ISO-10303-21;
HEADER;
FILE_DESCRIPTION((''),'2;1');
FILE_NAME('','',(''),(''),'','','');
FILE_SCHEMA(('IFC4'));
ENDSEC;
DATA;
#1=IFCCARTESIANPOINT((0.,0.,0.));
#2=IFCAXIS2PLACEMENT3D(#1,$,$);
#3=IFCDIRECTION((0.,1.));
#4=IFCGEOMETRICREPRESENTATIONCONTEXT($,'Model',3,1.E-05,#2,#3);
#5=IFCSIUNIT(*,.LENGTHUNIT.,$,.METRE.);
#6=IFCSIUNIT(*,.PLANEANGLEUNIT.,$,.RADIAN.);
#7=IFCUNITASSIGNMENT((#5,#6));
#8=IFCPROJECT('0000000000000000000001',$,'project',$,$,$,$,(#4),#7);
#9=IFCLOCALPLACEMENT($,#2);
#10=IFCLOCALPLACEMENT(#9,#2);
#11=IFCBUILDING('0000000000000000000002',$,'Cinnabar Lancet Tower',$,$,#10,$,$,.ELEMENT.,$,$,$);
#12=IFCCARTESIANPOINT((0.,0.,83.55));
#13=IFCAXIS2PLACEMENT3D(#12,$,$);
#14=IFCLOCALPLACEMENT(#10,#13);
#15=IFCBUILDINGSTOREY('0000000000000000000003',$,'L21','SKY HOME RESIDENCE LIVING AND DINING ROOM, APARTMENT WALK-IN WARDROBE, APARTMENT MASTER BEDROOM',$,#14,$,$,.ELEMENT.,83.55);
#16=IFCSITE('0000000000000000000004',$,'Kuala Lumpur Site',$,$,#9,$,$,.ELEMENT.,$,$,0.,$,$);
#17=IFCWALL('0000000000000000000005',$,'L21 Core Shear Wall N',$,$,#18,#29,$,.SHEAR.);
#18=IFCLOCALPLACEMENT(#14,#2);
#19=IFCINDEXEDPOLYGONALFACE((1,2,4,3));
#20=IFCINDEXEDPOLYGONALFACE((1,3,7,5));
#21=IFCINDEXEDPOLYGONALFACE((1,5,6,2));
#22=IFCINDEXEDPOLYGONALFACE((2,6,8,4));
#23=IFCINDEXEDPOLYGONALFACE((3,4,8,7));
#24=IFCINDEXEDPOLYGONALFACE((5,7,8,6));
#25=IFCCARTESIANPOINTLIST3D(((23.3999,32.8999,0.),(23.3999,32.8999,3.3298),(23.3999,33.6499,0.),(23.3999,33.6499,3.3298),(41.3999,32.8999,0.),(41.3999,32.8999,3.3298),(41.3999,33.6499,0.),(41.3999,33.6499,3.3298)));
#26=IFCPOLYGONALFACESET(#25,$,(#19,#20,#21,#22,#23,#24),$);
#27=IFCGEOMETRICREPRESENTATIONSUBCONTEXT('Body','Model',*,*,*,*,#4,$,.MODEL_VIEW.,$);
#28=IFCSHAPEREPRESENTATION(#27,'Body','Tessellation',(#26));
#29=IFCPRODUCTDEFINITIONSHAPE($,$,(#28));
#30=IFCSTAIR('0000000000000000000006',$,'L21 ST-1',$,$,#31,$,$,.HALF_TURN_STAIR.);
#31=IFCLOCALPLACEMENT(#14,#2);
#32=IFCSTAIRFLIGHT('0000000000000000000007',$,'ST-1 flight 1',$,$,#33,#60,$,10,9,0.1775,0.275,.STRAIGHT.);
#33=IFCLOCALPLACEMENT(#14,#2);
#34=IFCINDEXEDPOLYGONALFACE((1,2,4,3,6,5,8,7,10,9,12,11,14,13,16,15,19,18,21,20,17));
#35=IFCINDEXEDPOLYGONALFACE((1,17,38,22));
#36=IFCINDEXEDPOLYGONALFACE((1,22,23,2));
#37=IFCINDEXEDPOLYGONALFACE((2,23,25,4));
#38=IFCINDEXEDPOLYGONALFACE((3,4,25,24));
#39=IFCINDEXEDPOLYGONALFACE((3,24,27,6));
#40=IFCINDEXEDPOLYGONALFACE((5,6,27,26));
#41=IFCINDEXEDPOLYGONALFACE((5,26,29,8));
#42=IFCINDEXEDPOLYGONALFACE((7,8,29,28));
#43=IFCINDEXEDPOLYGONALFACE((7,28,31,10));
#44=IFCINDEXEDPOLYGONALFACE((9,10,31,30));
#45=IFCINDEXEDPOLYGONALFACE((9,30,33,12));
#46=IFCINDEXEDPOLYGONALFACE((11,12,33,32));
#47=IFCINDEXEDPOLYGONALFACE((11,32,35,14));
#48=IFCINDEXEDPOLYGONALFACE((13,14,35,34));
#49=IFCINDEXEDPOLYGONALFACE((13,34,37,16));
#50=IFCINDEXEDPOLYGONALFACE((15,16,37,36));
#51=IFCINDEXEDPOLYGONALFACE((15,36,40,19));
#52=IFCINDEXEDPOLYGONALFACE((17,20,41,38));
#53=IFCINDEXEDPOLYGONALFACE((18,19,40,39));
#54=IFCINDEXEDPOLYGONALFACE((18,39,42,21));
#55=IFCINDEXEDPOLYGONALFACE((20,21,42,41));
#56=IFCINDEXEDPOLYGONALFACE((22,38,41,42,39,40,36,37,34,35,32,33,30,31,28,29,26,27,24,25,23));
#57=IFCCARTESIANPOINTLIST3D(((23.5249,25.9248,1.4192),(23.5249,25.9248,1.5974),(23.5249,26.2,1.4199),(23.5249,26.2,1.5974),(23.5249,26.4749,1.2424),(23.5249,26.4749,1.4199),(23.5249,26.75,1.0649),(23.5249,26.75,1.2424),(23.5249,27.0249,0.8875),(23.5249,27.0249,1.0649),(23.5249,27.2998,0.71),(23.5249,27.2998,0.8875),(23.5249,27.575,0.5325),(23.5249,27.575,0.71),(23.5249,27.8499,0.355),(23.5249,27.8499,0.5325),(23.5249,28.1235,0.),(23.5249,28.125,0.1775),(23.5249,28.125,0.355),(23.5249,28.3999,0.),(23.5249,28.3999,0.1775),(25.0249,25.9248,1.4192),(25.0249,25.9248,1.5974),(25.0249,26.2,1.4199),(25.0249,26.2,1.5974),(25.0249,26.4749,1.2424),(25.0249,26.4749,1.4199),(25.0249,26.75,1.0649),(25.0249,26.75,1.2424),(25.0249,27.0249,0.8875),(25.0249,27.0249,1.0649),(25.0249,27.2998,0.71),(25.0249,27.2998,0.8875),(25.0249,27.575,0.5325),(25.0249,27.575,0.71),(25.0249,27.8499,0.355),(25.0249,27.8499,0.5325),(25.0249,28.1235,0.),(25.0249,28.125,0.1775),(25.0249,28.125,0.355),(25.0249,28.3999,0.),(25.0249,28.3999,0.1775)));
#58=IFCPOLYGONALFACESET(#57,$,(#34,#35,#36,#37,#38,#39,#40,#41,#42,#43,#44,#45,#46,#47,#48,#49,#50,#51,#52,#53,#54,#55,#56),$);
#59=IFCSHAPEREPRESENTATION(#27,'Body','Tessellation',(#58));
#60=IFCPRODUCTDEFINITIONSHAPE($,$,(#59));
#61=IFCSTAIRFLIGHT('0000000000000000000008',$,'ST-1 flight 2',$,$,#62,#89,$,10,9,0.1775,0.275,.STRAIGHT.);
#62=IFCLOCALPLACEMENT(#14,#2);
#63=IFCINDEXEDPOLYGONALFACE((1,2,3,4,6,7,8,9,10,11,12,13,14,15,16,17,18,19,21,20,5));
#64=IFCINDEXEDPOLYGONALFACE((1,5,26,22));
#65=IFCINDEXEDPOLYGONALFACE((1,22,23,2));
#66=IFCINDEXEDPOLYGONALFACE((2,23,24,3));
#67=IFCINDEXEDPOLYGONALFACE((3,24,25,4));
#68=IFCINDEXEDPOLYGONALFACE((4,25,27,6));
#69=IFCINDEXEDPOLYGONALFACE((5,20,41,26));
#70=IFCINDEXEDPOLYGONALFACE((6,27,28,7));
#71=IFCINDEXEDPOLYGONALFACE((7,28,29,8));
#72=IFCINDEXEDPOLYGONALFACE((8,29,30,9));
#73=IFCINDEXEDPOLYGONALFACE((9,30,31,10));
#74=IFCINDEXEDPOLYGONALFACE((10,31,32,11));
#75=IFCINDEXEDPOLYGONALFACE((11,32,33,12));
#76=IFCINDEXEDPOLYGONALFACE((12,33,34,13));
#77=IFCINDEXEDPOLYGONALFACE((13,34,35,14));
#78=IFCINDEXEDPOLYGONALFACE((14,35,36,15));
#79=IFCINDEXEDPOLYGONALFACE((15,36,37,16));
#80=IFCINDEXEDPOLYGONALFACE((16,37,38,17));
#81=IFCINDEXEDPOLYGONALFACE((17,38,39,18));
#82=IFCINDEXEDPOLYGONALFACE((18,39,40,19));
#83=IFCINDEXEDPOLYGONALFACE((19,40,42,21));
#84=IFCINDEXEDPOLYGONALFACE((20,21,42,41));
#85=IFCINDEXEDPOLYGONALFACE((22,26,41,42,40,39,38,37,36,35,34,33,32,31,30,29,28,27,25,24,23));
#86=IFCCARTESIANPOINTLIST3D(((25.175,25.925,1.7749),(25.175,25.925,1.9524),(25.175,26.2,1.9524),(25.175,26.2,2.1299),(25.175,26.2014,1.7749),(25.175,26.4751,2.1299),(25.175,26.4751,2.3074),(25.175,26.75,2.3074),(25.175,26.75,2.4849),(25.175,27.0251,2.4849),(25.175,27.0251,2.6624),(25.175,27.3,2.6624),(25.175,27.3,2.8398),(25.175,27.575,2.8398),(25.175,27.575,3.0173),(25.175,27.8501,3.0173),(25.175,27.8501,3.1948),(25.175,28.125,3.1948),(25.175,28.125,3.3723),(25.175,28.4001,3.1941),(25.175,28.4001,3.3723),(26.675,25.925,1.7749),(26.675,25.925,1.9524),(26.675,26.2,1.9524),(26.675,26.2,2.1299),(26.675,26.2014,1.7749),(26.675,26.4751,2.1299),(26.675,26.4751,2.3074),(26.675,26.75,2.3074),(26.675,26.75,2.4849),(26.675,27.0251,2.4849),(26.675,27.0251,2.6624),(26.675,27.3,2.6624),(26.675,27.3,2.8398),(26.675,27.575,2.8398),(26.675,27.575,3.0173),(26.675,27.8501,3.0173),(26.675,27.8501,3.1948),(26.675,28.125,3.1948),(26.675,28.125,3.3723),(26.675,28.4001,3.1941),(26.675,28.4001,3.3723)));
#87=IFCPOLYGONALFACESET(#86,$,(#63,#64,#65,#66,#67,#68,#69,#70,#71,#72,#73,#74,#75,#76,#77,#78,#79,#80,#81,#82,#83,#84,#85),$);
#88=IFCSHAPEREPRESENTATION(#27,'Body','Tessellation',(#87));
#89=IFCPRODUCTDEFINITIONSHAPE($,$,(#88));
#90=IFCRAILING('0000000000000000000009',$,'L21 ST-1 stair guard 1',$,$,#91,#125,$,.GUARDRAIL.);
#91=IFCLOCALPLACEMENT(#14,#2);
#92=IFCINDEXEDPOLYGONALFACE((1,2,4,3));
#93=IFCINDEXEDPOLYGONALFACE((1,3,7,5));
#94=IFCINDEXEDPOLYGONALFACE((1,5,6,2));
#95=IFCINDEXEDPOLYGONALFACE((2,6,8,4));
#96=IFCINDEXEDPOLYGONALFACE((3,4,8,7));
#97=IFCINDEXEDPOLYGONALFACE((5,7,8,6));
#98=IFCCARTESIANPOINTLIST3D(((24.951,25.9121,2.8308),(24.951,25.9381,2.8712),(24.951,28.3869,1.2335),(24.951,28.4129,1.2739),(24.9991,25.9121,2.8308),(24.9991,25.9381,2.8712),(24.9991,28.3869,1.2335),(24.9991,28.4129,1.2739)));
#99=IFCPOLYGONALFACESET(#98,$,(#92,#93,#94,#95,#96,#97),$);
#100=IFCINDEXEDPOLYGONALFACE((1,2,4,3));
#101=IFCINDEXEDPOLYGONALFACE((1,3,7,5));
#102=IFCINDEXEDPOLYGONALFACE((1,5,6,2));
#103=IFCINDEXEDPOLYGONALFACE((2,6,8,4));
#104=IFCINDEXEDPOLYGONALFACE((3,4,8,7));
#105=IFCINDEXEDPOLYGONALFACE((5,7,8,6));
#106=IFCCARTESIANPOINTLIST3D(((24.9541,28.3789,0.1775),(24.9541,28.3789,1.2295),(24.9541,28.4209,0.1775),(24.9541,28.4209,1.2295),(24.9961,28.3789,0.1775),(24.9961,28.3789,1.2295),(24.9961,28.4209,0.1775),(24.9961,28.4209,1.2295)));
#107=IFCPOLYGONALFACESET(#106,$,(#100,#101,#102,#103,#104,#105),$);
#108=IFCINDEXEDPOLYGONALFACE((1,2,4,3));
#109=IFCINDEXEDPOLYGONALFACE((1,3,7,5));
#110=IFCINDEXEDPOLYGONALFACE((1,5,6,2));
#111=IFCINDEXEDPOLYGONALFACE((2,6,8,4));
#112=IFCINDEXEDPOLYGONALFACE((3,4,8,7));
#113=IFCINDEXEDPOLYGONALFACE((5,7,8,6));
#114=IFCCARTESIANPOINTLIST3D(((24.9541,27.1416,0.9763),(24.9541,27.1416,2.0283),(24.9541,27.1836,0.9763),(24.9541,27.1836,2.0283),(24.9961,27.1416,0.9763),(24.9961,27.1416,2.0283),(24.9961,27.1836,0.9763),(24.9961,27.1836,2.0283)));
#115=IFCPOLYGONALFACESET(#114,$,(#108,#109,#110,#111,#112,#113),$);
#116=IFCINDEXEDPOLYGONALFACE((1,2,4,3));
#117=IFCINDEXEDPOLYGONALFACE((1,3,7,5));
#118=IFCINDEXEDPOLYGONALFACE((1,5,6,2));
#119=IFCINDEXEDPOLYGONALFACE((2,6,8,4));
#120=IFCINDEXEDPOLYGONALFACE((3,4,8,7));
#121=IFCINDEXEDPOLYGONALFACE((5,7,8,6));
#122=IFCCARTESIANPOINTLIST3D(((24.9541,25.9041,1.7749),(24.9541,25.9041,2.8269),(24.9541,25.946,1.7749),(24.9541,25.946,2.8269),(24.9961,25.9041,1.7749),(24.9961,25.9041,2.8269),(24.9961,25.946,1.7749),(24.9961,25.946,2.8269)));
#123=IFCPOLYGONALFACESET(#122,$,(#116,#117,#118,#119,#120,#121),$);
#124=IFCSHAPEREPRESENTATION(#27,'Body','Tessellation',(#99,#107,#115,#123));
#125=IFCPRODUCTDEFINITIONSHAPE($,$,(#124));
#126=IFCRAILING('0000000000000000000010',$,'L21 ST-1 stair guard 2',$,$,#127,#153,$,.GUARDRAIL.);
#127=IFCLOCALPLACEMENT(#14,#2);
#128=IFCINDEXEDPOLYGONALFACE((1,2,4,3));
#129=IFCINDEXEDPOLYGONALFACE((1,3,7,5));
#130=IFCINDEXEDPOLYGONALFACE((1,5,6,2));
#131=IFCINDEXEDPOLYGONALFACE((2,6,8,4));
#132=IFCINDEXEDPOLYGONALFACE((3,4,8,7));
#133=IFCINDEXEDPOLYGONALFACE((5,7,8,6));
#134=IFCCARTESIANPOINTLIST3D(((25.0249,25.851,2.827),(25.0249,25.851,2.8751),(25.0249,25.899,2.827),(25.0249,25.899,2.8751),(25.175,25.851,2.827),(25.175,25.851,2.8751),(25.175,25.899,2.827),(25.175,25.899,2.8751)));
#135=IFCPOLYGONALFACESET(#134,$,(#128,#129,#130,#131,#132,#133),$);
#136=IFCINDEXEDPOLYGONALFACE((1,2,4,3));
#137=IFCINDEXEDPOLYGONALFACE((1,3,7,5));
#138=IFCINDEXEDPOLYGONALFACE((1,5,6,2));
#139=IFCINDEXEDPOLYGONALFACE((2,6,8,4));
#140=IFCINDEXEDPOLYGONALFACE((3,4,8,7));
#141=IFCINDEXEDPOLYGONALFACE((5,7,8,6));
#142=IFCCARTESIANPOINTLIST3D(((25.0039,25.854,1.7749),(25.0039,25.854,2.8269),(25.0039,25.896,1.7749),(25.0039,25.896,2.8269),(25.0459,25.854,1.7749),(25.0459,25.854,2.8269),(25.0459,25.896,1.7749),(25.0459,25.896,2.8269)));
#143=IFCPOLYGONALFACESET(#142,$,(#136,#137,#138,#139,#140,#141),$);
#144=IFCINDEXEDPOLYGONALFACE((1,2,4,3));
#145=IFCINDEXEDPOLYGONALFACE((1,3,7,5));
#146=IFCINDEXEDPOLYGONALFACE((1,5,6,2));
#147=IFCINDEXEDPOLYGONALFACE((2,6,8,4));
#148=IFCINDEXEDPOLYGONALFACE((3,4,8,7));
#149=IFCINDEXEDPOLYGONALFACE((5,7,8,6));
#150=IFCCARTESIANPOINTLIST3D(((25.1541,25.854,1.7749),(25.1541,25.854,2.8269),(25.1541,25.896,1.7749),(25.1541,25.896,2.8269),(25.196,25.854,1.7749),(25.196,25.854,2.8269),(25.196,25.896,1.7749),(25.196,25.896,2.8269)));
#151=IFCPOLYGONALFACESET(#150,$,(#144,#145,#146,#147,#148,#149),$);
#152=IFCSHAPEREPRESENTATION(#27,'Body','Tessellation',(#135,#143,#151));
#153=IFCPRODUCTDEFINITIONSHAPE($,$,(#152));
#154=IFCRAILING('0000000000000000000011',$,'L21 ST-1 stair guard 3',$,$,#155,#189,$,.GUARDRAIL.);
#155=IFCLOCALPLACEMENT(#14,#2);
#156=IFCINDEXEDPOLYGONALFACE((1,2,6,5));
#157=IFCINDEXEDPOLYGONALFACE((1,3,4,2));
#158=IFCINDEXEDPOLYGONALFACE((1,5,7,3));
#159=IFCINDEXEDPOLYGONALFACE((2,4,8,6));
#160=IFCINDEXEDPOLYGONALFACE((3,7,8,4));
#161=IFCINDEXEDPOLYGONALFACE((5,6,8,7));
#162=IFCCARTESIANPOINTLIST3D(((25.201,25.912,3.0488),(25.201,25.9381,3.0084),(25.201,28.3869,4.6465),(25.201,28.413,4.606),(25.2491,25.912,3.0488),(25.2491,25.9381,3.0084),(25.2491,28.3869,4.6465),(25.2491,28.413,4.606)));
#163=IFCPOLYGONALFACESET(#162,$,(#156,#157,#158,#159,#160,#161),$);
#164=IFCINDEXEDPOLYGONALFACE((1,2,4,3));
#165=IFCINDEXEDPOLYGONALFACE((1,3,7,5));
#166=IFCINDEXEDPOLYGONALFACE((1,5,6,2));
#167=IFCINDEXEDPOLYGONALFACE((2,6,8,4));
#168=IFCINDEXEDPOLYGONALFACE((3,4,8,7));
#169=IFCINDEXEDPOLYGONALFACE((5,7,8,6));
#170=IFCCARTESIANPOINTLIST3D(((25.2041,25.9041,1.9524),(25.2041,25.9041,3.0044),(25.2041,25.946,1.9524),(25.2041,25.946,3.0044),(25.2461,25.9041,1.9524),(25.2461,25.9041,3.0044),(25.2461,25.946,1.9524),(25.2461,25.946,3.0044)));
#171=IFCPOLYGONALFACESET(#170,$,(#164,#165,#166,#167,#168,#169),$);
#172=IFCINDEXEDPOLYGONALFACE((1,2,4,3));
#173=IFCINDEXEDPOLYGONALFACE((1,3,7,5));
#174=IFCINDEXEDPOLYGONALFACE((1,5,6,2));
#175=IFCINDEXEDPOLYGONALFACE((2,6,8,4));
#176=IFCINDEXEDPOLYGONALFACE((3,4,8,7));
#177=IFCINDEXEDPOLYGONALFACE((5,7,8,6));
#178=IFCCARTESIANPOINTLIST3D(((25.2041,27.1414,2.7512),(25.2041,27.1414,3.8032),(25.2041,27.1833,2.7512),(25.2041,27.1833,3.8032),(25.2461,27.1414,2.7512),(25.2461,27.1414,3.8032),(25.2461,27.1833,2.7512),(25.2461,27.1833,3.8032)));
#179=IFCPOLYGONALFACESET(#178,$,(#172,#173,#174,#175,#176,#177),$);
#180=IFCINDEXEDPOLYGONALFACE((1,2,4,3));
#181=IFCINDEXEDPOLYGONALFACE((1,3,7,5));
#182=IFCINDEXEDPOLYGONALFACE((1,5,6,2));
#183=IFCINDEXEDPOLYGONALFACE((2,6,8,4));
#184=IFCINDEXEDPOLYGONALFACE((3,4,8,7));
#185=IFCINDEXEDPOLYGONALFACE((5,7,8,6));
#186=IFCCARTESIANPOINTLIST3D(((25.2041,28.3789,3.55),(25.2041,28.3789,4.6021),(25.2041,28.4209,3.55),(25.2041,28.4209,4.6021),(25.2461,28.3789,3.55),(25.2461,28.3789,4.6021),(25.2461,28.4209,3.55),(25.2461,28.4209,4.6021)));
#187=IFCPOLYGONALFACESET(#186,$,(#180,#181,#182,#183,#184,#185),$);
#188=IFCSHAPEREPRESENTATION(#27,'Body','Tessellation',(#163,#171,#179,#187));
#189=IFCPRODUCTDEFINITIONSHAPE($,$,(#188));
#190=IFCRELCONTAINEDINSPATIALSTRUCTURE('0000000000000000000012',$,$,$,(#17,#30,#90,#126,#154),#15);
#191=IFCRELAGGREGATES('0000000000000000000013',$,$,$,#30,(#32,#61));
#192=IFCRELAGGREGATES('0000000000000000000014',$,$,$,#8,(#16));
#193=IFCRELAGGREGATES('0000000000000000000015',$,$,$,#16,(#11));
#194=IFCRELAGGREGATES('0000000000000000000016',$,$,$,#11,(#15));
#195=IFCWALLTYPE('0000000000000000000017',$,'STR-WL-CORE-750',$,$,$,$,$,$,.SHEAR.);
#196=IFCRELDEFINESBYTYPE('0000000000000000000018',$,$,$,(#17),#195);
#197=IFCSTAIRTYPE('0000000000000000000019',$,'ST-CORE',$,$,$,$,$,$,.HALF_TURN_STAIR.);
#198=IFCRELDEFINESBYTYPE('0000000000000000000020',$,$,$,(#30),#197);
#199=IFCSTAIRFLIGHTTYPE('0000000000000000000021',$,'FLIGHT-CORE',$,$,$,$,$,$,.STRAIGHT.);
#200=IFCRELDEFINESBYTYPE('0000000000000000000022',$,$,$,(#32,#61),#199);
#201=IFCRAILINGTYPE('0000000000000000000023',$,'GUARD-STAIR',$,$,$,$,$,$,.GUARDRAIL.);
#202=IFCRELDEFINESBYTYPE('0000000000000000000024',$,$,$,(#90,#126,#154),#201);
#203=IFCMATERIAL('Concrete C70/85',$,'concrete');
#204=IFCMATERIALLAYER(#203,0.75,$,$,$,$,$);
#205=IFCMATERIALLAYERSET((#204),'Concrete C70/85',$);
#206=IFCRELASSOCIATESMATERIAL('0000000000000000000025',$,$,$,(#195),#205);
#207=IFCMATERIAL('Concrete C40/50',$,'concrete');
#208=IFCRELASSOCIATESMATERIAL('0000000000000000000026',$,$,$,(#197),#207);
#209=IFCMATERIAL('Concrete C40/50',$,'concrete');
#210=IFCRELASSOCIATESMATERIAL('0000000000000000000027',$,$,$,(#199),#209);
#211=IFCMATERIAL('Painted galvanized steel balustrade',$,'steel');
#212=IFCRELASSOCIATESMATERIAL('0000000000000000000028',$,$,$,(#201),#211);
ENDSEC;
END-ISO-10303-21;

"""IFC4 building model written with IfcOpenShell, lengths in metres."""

from ifc_helpers import new_model, si_unit, direction, frame, frame_2d, origin, origin_2d, place, context, subcontext, project, spatial, polyline, rectangle, outline, extrude, material, layer, layer_set, type_object, element, aggregate, save


model = new_model("IFC4")

# Units and contexts
model_context = context("Model", 3, precision=1e-05, world=origin(), true_north=direction((0.0, 1.0)))
body_context = subcontext(model_context, "Body", "Model", "MODEL_VIEW")
ifc_project = project(units=[si_unit("LENGTHUNIT", "METRE"), si_unit("PLANEANGLEUNIT", "RADIAN")], contexts=[model_context])

# Site, building, storey
site_placement = place(None, origin())
site = spatial("IfcSite", under=ifc_project, at=site_placement, Name="Kuala Lumpur Site", CompositionType="ELEMENT", RefElevation=0.0)
building_placement = place(site_placement, origin())
building = spatial("IfcBuilding", under=site, at=building_placement, Name="Cinnabar Lancet Tower", CompositionType="ELEMENT")
storey_placement = place(building_placement, frame((0.0, 0.0, 83.55)))
storey = spatial("IfcBuildingStorey", under=building, at=storey_placement, Name="L21", Description="SKY HOME RESIDENCE LIVING AND DINING ROOM, APARTMENT WALK-IN WARDROBE, APARTMENT MASTER BEDROOM", CompositionType="ELEMENT", Elevation=83.55)

# Wall
ifc_material_1 = material(Name="Concrete C70/85", Category="concrete")
ifc_layer_1 = layer(ifc_material_1, 0.75)
ifc_layer_set_1 = layer_set([ifc_layer_1], Name="Concrete C70/85")
wall_type_1 = type_object("IfcWallType", Name="STR-WL-CORE-750", PredefinedType="SHEAR", material=ifc_layer_set_1)
wall_1_placement = place(storey_placement, frame((23.3999, 33.2749, 0.0), z_axis=(0.0, 0.0, 1.0), x_axis=(1.0, 0.0, 0.0)))
element("IfcWall", 1, at=wall_1_placement, inside=storey, type_object=wall_type_1, Name="L21 Core Shear Wall N", PredefinedType="SHEAR", context=body_context, shape_type="SweptSolid", body=[
    extrude(rectangle(XDim=18.0, YDim=0.75, at=frame_2d((9.0, 0.0))), origin(), (0.0, 0.0, 1.0), 3.3298),
])

# Stair, stair flights
ifc_material_2 = material(Name="Concrete C40/50", Category="concrete")
stair_type = type_object("IfcStairType", Name="ST-CORE", PredefinedType="HALF_TURN_STAIR", material=ifc_material_2)
stair_placement = place(storey_placement, origin())
stair = element("IfcStair", 2, at=stair_placement, inside=storey, type_object=stair_type, Name="L21 ST-1", PredefinedType="HALF_TURN_STAIR")
ifc_material_3 = material(Name="Concrete C40/50", Category="concrete")
stair_flight_type = type_object("IfcStairFlightType", Name="FLIGHT-CORE", PredefinedType="STRAIGHT", material=ifc_material_3)
stair_flight_1_placement = place(storey_placement, frame((24.2749, 28.3999, 0.0), z_axis=(0.0, 0.0, 1.0), x_axis=(0.0, -1.0, 0.0)))
stair_flight_1 = element("IfcStairFlight", 3, at=stair_flight_1_placement, type_object=stair_flight_type, Name="ST-1 flight 1", NumberOfRisers=10, NumberOfTreads=9, PredefinedType="STRAIGHT", RiserHeight=0.1775, TreadLength=0.275, context=body_context, shape_type="SweptSolid", body=[
    extrude(outline(polyline([(0.0, 0.0), (0.0, 0.1775), (0.2749, 0.1775), (0.2749, 0.355), (0.55, 0.355), (0.55, 0.5325), (0.825, 0.5325), (0.825, 0.71), (1.1001, 0.71), (1.1001, 0.8875), (1.375, 0.8875), (1.375, 1.0649), (1.6499, 1.0649), (1.6499, 1.2424), (1.925, 1.2424), (1.925, 1.4199), (2.2, 1.4199), (2.2, 1.5974), (2.4751, 1.5974), (2.4751, 1.7749), (2.4751, 1.4192), (0.2764, 0.0), (0.0, 0.0)])), frame((0.0, 0.75, 0.0), z_axis=(0.0, -1.0, 0.0), x_axis=(1.0, 0.0, 0.0)), (0.0, 0.0, 1.0), 1.5),
])
stair_flight_2_placement = place(storey_placement, frame((25.925, 25.925, 1.7749), z_axis=(0.0, 0.0, 1.0), x_axis=(0.0, 1.0, 0.0)))
stair_flight_2 = element("IfcStairFlight", 4, at=stair_flight_2_placement, type_object=stair_flight_type, Name="ST-1 flight 2", NumberOfRisers=10, NumberOfTreads=9, PredefinedType="STRAIGHT", RiserHeight=0.1775, TreadLength=0.275, context=body_context, shape_type="SweptSolid", body=[
    extrude(outline(polyline([(0.0, 0.0), (0.0, 0.1775), (0.2749, 0.1775), (0.2749, 0.355), (0.55, 0.355), (0.55, 0.5325), (0.825, 0.5325), (0.825, 0.71), (1.1001, 0.71), (1.1001, 0.8875), (1.375, 0.8875), (1.375, 1.0649), (1.6499, 1.0649), (1.6499, 1.2424), (1.925, 1.2424), (1.925, 1.4199), (2.2, 1.4199), (2.2, 1.5974), (2.4751, 1.5974), (2.4751, 1.7749), (2.4751, 1.4192), (0.2764, 0.0), (0.0, 0.0)])), frame((0.0, 0.75, 0.0), z_axis=(0.0, -1.0, 0.0), x_axis=(1.0, 0.0, 0.0)), (0.0, 0.0, 1.0), 1.5),
])
aggregate(stair, [stair_flight_1, stair_flight_2])

# Railings
ifc_material_4 = material(Name="Painted galvanized steel balustrade", Category="steel")
railing_type_1 = type_object("IfcRailingType", Name="GUARD-STAIR", PredefinedType="GUARDRAIL", material=ifc_material_4)
railing_1_placement = place(storey_placement, frame((24.9751, 28.3999, 0.1775)))
element("IfcRailing", 5, at=railing_1_placement, inside=storey, type_object=railing_type_1, Name="L21 ST-1 stair guard 1", PredefinedType="GUARDRAIL", context=body_context, shape_type="SweptSolid", body=[
    extrude(rectangle(XDim=0.0481, YDim=0.0481, at=origin_2d()), frame((0.0, 0.0, 1.0762), z_axis=(0.0, -0.840183, 0.542302), x_axis=(1.0, 0.0, 0.0)), (0.0, 0.0, 1.0), 2.9456),
    extrude(rectangle(XDim=0.042, YDim=0.042, at=origin_2d()), origin(), (0.0, 0.0, 1.0), 1.052),
    extrude(rectangle(XDim=0.042, YDim=0.042, at=origin_2d()), frame((0.0, -1.2373, 0.7988)), (0.0, 0.0, 1.0), 1.052),
    extrude(rectangle(XDim=0.042, YDim=0.042, at=origin_2d()), frame((0.0, -2.4749, 1.5974)), (0.0, 0.0, 1.0), 1.052),
])
railing_2_placement = place(storey_placement, frame((25.0249, 25.875, 1.7749)))
element("IfcRailing", 6, at=railing_2_placement, inside=storey, type_object=railing_type_1, Name="L21 ST-1 stair guard 2", PredefinedType="GUARDRAIL", context=body_context, shape_type="SweptSolid", body=[
    extrude(rectangle(XDim=0.0481, YDim=0.0481, at=origin_2d()), frame((0.0, 0.0, 1.0762), z_axis=(1.0, 0.0, 0.0), x_axis=(0.0, 1.0, 0.0)), (0.0, 0.0, 1.0), 0.1501),
    extrude(rectangle(XDim=0.042, YDim=0.042, at=origin_2d()), origin(), (0.0, 0.0, 1.0), 1.052),
    extrude(rectangle(XDim=0.042, YDim=0.042, at=origin_2d()), frame((0.1501, 0.0, 0.0)), (0.0, 0.0, 1.0), 1.052),
])
railing_3_placement = place(storey_placement, frame((25.2251, 25.925, 1.9524)))
element("IfcRailing", 7, at=railing_3_placement, inside=storey, type_object=railing_type_1, Name="L21 ST-1 stair guard 3", PredefinedType="GUARDRAIL", context=body_context, shape_type="SweptSolid", body=[
    extrude(rectangle(XDim=0.0481, YDim=0.0481, at=origin_2d()), frame((0.0, 0.0, 1.0762), z_axis=(0.0, 0.840146, 0.542361), x_axis=(-1.0, 0.0, 0.0)), (0.0, 0.0, 1.0), 2.9458),
    extrude(rectangle(XDim=0.042, YDim=0.042, at=origin_2d()), origin(), (0.0, 0.0, 1.0), 1.052),
    extrude(rectangle(XDim=0.042, YDim=0.042, at=origin_2d()), frame((0.0, 1.2373, 0.7988)), (0.0, 0.0, 1.0), 1.052),
    extrude(rectangle(XDim=0.042, YDim=0.042, at=origin_2d()), frame((0.0, 2.4749, 1.5977)), (0.0, 0.0, 1.0), 1.052),
])

save(model, "model.ifc")
